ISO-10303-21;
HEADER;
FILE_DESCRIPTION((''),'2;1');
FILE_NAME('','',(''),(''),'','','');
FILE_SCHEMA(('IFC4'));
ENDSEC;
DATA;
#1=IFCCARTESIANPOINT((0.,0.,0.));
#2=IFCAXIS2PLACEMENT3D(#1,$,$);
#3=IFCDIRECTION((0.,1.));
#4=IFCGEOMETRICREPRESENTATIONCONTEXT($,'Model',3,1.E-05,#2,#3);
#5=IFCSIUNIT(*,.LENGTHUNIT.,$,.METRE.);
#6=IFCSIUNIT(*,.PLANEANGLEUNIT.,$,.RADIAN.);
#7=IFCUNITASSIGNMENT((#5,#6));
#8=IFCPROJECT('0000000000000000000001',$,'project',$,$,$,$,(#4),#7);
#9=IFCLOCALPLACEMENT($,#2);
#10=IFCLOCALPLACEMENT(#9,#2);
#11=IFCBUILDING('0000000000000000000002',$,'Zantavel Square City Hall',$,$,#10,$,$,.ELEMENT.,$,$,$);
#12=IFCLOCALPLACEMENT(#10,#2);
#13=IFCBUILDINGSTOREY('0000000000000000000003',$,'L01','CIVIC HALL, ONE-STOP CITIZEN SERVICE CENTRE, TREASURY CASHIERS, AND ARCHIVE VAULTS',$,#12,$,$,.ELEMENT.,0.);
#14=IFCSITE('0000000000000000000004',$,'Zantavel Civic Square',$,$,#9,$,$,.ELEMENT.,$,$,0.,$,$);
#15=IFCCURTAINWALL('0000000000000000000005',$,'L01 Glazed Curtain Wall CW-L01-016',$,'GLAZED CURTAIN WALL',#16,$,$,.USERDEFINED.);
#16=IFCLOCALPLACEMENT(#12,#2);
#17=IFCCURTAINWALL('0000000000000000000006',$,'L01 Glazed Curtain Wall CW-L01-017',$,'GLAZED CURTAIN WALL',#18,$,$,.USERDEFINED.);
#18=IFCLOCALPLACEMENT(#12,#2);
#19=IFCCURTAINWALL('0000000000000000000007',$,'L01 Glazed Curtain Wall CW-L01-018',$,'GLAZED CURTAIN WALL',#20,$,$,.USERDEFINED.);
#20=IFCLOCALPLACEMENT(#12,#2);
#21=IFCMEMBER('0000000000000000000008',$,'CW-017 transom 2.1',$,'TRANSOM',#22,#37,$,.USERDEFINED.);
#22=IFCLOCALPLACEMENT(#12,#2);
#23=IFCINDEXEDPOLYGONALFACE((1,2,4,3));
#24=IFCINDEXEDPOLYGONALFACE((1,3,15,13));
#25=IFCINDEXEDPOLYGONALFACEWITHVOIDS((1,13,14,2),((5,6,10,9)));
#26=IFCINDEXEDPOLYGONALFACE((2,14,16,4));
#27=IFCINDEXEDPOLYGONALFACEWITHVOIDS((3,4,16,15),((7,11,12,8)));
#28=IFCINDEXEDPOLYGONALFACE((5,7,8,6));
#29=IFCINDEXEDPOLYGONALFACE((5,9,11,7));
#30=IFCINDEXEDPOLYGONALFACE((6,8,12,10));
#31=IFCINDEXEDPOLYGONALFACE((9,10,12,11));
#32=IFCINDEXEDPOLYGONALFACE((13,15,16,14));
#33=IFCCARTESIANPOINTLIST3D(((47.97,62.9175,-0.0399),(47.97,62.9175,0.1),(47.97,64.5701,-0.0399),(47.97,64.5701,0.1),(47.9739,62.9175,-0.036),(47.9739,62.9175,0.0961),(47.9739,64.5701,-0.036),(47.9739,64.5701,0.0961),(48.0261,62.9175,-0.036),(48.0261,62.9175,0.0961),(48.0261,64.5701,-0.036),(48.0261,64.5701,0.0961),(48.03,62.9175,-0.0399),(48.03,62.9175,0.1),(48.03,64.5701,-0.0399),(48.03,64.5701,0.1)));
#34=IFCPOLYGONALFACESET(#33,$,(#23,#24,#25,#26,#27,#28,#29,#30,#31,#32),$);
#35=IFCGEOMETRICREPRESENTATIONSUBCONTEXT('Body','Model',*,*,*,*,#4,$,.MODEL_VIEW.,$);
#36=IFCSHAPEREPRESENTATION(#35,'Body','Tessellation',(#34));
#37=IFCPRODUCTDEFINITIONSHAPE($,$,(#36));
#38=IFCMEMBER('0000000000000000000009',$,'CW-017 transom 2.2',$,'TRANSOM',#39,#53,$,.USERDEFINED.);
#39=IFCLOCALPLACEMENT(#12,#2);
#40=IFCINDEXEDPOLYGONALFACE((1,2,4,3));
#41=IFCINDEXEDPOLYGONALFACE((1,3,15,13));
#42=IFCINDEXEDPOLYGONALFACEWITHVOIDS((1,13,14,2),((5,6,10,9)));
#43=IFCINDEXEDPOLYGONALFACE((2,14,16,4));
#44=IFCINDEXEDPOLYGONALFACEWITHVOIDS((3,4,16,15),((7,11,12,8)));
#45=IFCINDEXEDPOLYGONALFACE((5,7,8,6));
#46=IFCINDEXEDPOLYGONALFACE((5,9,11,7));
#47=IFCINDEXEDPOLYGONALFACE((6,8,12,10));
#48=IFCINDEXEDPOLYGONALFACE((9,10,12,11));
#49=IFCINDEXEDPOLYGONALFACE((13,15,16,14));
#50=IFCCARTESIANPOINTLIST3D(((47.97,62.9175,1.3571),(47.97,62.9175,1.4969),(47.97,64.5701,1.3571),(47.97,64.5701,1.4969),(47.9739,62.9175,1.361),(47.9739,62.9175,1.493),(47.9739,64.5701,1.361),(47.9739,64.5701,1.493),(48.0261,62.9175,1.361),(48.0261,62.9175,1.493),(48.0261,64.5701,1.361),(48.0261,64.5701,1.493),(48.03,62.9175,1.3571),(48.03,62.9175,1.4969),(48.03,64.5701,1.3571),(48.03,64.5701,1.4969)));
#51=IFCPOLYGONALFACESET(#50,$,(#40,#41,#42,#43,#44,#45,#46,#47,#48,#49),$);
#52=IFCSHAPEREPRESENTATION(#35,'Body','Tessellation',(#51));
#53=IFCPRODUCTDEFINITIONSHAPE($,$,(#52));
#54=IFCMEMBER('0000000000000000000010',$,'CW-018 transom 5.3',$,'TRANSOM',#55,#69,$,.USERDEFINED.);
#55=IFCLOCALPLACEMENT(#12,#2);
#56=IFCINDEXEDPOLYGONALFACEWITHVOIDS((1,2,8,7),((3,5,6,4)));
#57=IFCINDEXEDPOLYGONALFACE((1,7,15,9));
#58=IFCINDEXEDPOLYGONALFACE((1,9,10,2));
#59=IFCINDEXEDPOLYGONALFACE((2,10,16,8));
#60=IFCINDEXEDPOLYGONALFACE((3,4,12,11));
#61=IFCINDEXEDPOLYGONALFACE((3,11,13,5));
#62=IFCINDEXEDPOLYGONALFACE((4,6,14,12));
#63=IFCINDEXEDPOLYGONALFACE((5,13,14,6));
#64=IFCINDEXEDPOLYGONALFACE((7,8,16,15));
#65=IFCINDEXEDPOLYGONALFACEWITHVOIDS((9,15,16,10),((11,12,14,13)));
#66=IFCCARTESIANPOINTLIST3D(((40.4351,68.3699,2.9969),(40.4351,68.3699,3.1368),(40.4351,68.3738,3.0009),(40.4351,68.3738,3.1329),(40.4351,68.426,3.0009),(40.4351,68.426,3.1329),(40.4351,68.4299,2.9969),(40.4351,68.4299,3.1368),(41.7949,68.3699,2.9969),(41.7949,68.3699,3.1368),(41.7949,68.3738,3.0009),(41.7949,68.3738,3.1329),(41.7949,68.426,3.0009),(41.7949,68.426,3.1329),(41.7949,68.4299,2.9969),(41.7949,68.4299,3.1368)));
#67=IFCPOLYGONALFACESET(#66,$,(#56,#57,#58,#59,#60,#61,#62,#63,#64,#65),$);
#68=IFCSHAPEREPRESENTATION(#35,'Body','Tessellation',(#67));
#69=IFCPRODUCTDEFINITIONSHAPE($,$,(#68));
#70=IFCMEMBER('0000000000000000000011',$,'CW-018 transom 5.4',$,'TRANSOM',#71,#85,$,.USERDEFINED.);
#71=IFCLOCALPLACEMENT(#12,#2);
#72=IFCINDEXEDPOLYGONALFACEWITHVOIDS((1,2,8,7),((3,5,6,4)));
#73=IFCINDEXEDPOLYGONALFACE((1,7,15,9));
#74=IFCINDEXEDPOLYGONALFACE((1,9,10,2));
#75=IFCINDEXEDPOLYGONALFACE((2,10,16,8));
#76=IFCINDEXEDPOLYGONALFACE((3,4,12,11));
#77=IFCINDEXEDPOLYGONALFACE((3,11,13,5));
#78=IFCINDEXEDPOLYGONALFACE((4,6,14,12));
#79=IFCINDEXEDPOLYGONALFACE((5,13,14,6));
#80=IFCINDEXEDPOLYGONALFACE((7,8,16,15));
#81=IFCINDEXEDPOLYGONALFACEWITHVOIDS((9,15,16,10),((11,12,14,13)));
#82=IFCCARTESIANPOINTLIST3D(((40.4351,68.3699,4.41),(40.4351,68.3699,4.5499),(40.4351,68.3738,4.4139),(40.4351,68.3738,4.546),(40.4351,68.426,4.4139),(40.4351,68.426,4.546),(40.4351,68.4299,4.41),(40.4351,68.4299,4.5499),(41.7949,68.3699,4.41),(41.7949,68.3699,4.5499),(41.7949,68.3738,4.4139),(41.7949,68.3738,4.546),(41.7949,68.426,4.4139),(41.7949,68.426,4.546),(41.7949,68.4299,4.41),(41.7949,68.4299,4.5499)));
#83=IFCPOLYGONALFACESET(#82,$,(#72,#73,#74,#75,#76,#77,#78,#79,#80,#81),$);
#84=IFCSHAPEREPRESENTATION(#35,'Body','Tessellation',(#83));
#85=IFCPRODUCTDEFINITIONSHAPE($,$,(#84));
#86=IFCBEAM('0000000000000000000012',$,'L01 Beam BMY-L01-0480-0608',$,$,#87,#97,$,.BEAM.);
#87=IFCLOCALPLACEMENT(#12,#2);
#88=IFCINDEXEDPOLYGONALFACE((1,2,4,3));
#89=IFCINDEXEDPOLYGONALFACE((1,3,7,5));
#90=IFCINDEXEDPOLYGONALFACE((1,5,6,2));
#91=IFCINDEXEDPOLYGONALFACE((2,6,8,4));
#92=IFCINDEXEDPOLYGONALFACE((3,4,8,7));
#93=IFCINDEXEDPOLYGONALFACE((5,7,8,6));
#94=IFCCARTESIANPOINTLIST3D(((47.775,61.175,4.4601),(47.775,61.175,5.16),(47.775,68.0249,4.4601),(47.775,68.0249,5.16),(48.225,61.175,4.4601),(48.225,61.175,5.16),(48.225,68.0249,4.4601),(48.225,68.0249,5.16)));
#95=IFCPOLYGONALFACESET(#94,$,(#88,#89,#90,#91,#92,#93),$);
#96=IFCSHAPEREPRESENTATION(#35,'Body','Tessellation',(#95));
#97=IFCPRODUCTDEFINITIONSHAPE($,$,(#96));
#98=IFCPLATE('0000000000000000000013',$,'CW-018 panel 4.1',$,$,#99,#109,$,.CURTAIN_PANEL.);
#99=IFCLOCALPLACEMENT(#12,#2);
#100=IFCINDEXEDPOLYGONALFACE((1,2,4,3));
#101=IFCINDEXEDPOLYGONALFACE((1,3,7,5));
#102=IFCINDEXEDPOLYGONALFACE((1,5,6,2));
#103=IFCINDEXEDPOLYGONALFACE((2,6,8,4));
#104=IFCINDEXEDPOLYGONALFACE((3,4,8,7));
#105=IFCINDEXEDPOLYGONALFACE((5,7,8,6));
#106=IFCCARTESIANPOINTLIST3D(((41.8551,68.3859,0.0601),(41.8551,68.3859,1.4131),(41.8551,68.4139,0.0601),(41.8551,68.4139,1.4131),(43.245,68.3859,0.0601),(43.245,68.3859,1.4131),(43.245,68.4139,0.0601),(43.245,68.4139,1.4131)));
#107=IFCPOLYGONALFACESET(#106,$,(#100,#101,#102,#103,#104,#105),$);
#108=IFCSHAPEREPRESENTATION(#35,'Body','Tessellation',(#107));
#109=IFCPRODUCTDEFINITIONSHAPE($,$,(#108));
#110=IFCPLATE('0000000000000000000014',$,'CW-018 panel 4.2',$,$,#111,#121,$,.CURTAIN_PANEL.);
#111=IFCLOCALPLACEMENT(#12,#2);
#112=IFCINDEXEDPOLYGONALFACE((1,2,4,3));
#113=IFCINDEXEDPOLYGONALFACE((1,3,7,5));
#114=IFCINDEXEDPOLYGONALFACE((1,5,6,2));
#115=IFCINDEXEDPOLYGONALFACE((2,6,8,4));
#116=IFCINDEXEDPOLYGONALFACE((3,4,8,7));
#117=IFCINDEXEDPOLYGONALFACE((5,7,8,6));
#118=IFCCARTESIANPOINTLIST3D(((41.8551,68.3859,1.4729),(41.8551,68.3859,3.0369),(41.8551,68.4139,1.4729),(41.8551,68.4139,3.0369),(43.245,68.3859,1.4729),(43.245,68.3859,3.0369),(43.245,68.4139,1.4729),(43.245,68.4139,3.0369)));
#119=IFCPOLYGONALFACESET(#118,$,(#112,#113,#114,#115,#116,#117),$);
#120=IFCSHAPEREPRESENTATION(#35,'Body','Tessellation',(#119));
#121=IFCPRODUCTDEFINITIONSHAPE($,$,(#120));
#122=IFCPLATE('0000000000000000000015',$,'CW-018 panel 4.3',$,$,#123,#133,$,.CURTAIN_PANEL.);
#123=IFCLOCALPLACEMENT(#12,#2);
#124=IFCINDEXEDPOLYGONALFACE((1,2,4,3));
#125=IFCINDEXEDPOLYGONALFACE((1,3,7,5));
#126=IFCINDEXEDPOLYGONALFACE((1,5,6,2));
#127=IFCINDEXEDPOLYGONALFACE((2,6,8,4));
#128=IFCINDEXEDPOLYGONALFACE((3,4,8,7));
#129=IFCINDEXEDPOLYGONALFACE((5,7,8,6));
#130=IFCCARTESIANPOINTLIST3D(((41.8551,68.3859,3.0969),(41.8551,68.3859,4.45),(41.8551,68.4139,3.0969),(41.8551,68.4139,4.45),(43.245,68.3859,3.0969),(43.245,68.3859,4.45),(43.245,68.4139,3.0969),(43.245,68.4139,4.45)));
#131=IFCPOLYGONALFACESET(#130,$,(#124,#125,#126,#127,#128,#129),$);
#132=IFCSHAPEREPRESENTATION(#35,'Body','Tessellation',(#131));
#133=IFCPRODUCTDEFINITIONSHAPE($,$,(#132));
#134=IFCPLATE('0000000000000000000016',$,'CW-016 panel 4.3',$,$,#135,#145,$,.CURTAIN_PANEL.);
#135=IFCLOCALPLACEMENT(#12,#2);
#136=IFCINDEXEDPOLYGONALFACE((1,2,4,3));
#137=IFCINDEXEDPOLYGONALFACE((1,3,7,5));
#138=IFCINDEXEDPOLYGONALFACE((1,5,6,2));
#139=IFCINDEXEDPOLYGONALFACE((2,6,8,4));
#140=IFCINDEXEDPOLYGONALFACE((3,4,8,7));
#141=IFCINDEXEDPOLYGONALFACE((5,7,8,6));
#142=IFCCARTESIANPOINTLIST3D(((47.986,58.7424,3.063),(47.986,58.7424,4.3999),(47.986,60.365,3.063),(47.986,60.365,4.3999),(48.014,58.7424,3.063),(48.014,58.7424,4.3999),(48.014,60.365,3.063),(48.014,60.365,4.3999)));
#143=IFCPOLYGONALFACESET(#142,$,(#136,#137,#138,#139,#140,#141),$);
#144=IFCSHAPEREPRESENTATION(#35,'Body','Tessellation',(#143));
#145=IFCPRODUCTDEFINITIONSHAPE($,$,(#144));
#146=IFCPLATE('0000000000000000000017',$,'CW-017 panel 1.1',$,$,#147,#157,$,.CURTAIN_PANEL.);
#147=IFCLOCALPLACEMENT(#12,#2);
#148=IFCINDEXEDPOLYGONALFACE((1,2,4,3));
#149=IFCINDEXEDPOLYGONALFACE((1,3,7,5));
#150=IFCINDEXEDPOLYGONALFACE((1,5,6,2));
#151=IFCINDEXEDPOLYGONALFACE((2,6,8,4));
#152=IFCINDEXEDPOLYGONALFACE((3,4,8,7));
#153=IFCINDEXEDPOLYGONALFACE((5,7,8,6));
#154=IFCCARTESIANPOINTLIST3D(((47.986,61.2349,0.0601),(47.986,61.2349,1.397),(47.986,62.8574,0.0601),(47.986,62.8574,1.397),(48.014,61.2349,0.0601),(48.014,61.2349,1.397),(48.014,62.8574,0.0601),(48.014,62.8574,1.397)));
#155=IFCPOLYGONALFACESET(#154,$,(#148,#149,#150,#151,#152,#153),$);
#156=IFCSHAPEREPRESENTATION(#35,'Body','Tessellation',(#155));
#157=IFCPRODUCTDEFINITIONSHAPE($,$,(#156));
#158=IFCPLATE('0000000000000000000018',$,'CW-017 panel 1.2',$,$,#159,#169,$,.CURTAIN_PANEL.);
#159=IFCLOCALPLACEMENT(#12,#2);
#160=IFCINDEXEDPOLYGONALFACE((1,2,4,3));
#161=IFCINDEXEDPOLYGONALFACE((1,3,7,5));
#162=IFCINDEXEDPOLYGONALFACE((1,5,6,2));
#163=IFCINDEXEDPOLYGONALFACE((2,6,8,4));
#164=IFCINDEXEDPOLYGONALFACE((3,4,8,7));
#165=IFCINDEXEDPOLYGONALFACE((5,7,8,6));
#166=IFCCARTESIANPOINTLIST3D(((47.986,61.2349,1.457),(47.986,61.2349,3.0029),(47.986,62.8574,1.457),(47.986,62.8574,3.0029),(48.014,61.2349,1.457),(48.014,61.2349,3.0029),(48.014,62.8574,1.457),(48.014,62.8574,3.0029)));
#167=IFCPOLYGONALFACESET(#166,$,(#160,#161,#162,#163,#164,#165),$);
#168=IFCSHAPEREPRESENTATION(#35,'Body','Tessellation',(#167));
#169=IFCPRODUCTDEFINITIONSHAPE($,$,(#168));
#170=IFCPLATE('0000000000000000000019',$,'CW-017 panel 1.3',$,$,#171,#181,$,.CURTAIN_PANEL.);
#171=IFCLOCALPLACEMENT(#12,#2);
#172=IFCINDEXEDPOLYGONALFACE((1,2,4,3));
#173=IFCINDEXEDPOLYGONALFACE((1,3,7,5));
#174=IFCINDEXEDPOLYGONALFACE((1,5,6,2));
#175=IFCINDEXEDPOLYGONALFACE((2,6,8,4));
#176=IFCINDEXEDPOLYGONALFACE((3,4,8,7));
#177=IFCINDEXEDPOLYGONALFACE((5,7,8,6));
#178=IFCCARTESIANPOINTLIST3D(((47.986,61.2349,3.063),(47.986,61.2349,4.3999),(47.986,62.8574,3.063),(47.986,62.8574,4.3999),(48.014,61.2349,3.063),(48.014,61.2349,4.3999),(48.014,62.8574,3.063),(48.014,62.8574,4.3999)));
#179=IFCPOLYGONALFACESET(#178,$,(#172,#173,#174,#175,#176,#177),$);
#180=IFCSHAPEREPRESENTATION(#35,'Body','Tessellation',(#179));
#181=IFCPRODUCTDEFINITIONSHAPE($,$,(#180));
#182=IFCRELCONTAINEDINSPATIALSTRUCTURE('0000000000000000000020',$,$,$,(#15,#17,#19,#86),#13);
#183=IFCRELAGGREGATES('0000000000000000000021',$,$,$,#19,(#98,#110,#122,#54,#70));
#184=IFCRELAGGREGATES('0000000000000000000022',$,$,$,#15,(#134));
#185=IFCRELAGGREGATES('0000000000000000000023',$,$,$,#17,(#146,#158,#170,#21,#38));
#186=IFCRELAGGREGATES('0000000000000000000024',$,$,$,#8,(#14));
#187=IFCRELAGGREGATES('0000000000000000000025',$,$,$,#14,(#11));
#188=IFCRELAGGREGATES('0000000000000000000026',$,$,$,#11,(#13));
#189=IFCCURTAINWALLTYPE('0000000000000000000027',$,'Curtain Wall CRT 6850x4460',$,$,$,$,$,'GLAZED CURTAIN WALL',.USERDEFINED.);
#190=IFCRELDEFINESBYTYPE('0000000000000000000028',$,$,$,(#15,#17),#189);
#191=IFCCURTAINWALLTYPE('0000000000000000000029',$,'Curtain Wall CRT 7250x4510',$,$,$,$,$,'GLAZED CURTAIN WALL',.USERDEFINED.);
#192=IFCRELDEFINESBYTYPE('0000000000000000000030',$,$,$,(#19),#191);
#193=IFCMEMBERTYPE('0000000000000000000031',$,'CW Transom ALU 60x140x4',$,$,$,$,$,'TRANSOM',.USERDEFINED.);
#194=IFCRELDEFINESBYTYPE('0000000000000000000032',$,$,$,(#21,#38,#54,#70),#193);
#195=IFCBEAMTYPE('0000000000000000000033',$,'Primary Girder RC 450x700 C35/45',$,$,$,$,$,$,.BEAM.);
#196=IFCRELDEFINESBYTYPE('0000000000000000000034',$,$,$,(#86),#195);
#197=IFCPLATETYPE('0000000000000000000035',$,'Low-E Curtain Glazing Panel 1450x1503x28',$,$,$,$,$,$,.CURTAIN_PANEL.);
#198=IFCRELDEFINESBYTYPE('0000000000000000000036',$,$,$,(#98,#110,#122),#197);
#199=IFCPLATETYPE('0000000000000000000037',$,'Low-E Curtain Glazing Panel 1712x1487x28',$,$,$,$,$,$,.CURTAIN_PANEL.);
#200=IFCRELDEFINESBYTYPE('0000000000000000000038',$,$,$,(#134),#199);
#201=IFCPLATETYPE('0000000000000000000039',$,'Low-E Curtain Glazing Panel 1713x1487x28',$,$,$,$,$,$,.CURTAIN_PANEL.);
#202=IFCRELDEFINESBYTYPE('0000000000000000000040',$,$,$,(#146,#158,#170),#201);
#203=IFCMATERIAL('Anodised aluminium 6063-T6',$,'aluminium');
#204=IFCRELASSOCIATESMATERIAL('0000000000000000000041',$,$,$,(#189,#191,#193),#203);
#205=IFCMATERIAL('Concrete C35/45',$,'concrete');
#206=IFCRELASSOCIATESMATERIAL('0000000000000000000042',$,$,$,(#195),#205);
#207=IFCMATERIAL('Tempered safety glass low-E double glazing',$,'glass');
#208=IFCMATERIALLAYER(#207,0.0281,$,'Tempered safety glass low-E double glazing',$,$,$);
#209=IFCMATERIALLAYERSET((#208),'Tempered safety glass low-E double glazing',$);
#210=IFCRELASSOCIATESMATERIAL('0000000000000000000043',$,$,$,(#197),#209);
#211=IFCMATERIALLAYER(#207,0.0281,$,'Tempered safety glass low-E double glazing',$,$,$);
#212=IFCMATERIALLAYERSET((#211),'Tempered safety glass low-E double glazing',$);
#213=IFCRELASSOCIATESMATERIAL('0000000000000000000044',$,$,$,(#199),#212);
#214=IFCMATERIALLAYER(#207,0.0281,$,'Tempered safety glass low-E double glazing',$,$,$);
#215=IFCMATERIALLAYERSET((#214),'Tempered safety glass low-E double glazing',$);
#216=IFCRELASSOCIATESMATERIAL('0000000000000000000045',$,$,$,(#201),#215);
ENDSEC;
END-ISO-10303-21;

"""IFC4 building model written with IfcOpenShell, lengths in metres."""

from ifc_helpers import new_model, si_unit, direction, frame, origin, origin_2d, place, context, subcontext, project, spatial, rectangle, hollow_rectangle, extrude, material, layer, layer_set, material_profile, profile_set, type_object, element, aggregate, save


model = new_model("IFC4")

# Units and contexts
model_context = context("Model", 3, precision=1e-05, world=origin(), true_north=direction((0.0, 1.0)))
body_context = subcontext(model_context, "Body", "Model", "MODEL_VIEW")
ifc_project = project(units=[si_unit("LENGTHUNIT", "METRE"), si_unit("PLANEANGLEUNIT", "RADIAN")], contexts=[model_context])

# Site, building, storey
site_placement = place(None, origin())
site = spatial("IfcSite", under=ifc_project, at=site_placement, Name="Zantavel Civic Square", CompositionType="ELEMENT", RefElevation=0.0)
building_placement = place(site_placement, origin())
building = spatial("IfcBuilding", under=site, at=building_placement, Name="Zantavel Square City Hall", CompositionType="ELEMENT")
storey_placement = place(building_placement, origin())
storey = spatial("IfcBuildingStorey", under=building, at=storey_placement, Name="L01", Description="CIVIC HALL, ONE-STOP CITIZEN SERVICE CENTRE, TREASURY CASHIERS, AND ARCHIVE VAULTS", CompositionType="ELEMENT", Elevation=0.0)

# Curtain wall
ifc_material_1 = material(Name="Anodised aluminium 6063-T6", Category="aluminium")
curtain_wall_type_1 = type_object("IfcCurtainWallType", Name="Curtain Wall CRT 6850x4460", ElementType="GLAZED CURTAIN WALL", PredefinedType="USERDEFINED", material=ifc_material_1)
curtain_wall_1_placement = place(storey_placement, origin())
curtain_wall_1 = element("IfcCurtainWall", 1, at=curtain_wall_1_placement, inside=storey, type_object=curtain_wall_type_1, Name="L01 Glazed Curtain Wall CW-L01-016", ObjectType="GLAZED CURTAIN WALL", PredefinedType="USERDEFINED")

# Curtain wall
curtain_wall_2_placement = place(storey_placement, origin())
curtain_wall_2 = element("IfcCurtainWall", 2, at=curtain_wall_2_placement, inside=storey, type_object=curtain_wall_type_1, Name="L01 Glazed Curtain Wall CW-L01-017", ObjectType="GLAZED CURTAIN WALL", PredefinedType="USERDEFINED")

# Curtain wall
curtain_wall_type_2 = type_object("IfcCurtainWallType", Name="Curtain Wall CRT 7250x4510", ElementType="GLAZED CURTAIN WALL", PredefinedType="USERDEFINED", material=ifc_material_1)
curtain_wall_3_placement = place(storey_placement, origin())
curtain_wall_3 = element("IfcCurtainWall", 3, at=curtain_wall_3_placement, inside=storey, type_object=curtain_wall_type_2, Name="L01 Glazed Curtain Wall CW-L01-018", ObjectType="GLAZED CURTAIN WALL", PredefinedType="USERDEFINED")

# Members
ifc_material_profile_1 = material_profile(ifc_material_1, hollow_rectangle(XDim=0.0601, YDim=0.1399, WallThickness=0.0039, at=origin_2d()), Name="ALU 60x140x4")
ifc_profile_set_1 = profile_set([ifc_material_profile_1], Name="Anodised aluminium 6063-T6")
member_type_1 = type_object("IfcMemberType", Name="CW Transom ALU 60x140x4", ElementType="TRANSOM", PredefinedType="USERDEFINED", material=ifc_profile_set_1)
member_1_placement = place(storey_placement, frame((48.0, 62.9175, 0.03), z_axis=(0.0, 1.0, 0.0), x_axis=(-1.0, 0.0, 0.0)))
member_1 = element("IfcMember", 4, at=member_1_placement, type_object=member_type_1, Name="CW-017 transom 2.1", ObjectType="TRANSOM", PredefinedType="USERDEFINED", context=body_context, shape_type="SweptSolid", body=[
    extrude(hollow_rectangle(XDim=0.0601, YDim=0.1399, WallThickness=0.0039, at=origin_2d()), origin(), (0.0, 0.0, 1.0), 1.6526),
])
member_2_placement = place(storey_placement, frame((48.0, 62.9175, 1.427), z_axis=(0.0, 1.0, 0.0), x_axis=(-1.0, 0.0, 0.0)))
member_2 = element("IfcMember", 5, at=member_2_placement, type_object=member_type_1, Name="CW-017 transom 2.2", ObjectType="TRANSOM", PredefinedType="USERDEFINED", context=body_context, shape_type="SweptSolid", body=[
    extrude(hollow_rectangle(XDim=0.0601, YDim=0.1399, WallThickness=0.0039, at=origin_2d()), origin(), (0.0, 0.0, 1.0), 1.6526),
])
member_3_placement = place(storey_placement, frame((41.7949, 68.3999, 3.0669), z_axis=(-1.0, 0.0, 0.0), x_axis=(0.0, -1.0, 0.0)))
member_3 = element("IfcMember", 6, at=member_3_placement, type_object=member_type_1, Name="CW-018 transom 5.3", ObjectType="TRANSOM", PredefinedType="USERDEFINED", context=body_context, shape_type="SweptSolid", body=[
    extrude(hollow_rectangle(XDim=0.0601, YDim=0.1399, WallThickness=0.0039, at=origin_2d()), origin(), (0.0, 0.0, 1.0), 1.3599),
])
member_4_placement = place(storey_placement, frame((41.7949, 68.3999, 4.48), z_axis=(-1.0, 0.0, 0.0), x_axis=(0.0, -1.0, 0.0)))
member_4 = element("IfcMember", 7, at=member_4_placement, type_object=member_type_1, Name="CW-018 transom 5.4", ObjectType="TRANSOM", PredefinedType="USERDEFINED", context=body_context, shape_type="SweptSolid", body=[
    extrude(hollow_rectangle(XDim=0.0601, YDim=0.1399, WallThickness=0.0039, at=origin_2d()), origin(), (0.0, 0.0, 1.0), 1.3599),
])

# Beam
ifc_material_2 = material(Name="Concrete C35/45", Category="concrete")
ifc_material_profile_2 = material_profile(ifc_material_2, rectangle(XDim=0.45, YDim=0.7, at=origin_2d()), Name="RC 450x700")
ifc_profile_set_2 = profile_set([ifc_material_profile_2], Name="Concrete C35/45")
beam_type = type_object("IfcBeamType", Name="Primary Girder RC 450x700 C35/45", PredefinedType="BEAM", material=ifc_profile_set_2)
beam_placement = place(storey_placement, frame((48.0, 61.175, 4.8101), z_axis=(0.0, 1.0, 0.0), x_axis=(-1.0, 0.0, 0.0)))
element("IfcBeam", 8, at=beam_placement, inside=storey, type_object=beam_type, Name="L01 Beam BMY-L01-0480-0608", PredefinedType="BEAM", context=body_context, shape_type="SweptSolid", body=[
    extrude(rectangle(XDim=0.45, YDim=0.7, at=origin_2d()), origin(), (0.0, 0.0, 1.0), 6.8499),
])

# Plates
ifc_material_3 = material(Name="Tempered safety glass low-E double glazing", Category="glass")
ifc_layer_1 = layer(ifc_material_3, 0.0281, Name="Tempered safety glass low-E double glazing")
ifc_layer_set_1 = layer_set([ifc_layer_1], Name="Tempered safety glass low-E double glazing")
plate_type_1 = type_object("IfcPlateType", Name="Low-E Curtain Glazing Panel 1450x1503x28", PredefinedType="CURTAIN_PANEL", material=ifc_layer_set_1)
plate_1_placement = place(storey_placement, frame((42.55, 68.3999, 0.0601), z_axis=(0.0, 0.0, 1.0), x_axis=(-1.0, 0.0, 0.0)))
plate_1 = element("IfcPlate", 9, at=plate_1_placement, type_object=plate_type_1, Name="CW-018 panel 4.1", PredefinedType="CURTAIN_PANEL", context=body_context, shape_type="SweptSolid", body=[
    extrude(rectangle(XDim=1.3899, YDim=0.0281, at=origin_2d()), origin(), (0.0, 0.0, 1.0), 1.353),
])
plate_2_placement = place(storey_placement, frame((42.55, 68.3999, 1.4729), z_axis=(0.0, 0.0, 1.0), x_axis=(-1.0, 0.0, 0.0)))
plate_2 = element("IfcPlate", 10, at=plate_2_placement, type_object=plate_type_1, Name="CW-018 panel 4.2", PredefinedType="CURTAIN_PANEL", context=body_context, shape_type="SweptSolid", body=[
    extrude(rectangle(XDim=1.3899, YDim=0.0281, at=origin_2d()), origin(), (0.0, 0.0, 1.0), 1.564),
])
plate_3_placement = place(storey_placement, frame((42.55, 68.3999, 3.0969), z_axis=(0.0, 0.0, 1.0), x_axis=(-1.0, 0.0, 0.0)))
plate_3 = element("IfcPlate", 11, at=plate_3_placement, type_object=plate_type_1, Name="CW-018 panel 4.3", PredefinedType="CURTAIN_PANEL", context=body_context, shape_type="SweptSolid", body=[
    extrude(rectangle(XDim=1.3899, YDim=0.0281, at=origin_2d()), origin(), (0.0, 0.0, 1.0), 1.353),
])
aggregate(curtain_wall_3, [plate_1, plate_2, plate_3, member_3, member_4])
ifc_layer_2 = layer(ifc_material_3, 0.0281, Name="Tempered safety glass low-E double glazing")
ifc_layer_set_2 = layer_set([ifc_layer_2], Name="Tempered safety glass low-E double glazing")
plate_type_2 = type_object("IfcPlateType", Name="Low-E Curtain Glazing Panel 1712x1487x28", PredefinedType="CURTAIN_PANEL", material=ifc_layer_set_2)
plate_4_placement = place(storey_placement, frame((48.0, 59.5537, 3.063), z_axis=(0.0, 0.0, 1.0), x_axis=(0.0, 1.0, 0.0)))
plate_4 = element("IfcPlate", 12, at=plate_4_placement, type_object=plate_type_2, Name="CW-016 panel 4.3", PredefinedType="CURTAIN_PANEL", context=body_context, shape_type="SweptSolid", body=[
    extrude(rectangle(XDim=1.6226, YDim=0.0281, at=origin_2d()), origin(), (0.0, 0.0, 1.0), 1.3369),
])
aggregate(curtain_wall_1, [plate_4])
ifc_layer_3 = layer(ifc_material_3, 0.0281, Name="Tempered safety glass low-E double glazing")
ifc_layer_set_3 = layer_set([ifc_layer_3], Name="Tempered safety glass low-E double glazing")
plate_type_3 = type_object("IfcPlateType", Name="Low-E Curtain Glazing Panel 1713x1487x28", PredefinedType="CURTAIN_PANEL", material=ifc_layer_set_3)
plate_5_placement = place(storey_placement, frame((48.0, 62.0461, 0.0601), z_axis=(0.0, 0.0, 1.0), x_axis=(0.0, 1.0, 0.0)))
plate_5 = element("IfcPlate", 13, at=plate_5_placement, type_object=plate_type_3, Name="CW-017 panel 1.1", PredefinedType="CURTAIN_PANEL", context=body_context, shape_type="SweptSolid", body=[
    extrude(rectangle(XDim=1.6226, YDim=0.0281, at=origin_2d()), origin(), (0.0, 0.0, 1.0), 1.3369),
])
plate_6_placement = place(storey_placement, frame((48.0, 62.0461, 1.457), z_axis=(0.0, 0.0, 1.0), x_axis=(0.0, 1.0, 0.0)))
plate_6 = element("IfcPlate", 14, at=plate_6_placement, type_object=plate_type_3, Name="CW-017 panel 1.2", PredefinedType="CURTAIN_PANEL", context=body_context, shape_type="SweptSolid", body=[
    extrude(rectangle(XDim=1.6226, YDim=0.0281, at=origin_2d()), origin(), (0.0, 0.0, 1.0), 1.5459),
])
plate_7_placement = place(storey_placement, frame((48.0, 62.0461, 3.063), z_axis=(0.0, 0.0, 1.0), x_axis=(0.0, 1.0, 0.0)))
plate_7 = element("IfcPlate", 15, at=plate_7_placement, type_object=plate_type_3, Name="CW-017 panel 1.3", PredefinedType="CURTAIN_PANEL", context=body_context, shape_type="SweptSolid", body=[
    extrude(rectangle(XDim=1.6226, YDim=0.0281, at=origin_2d()), origin(), (0.0, 0.0, 1.0), 1.3369),
])
aggregate(curtain_wall_2, [plate_5, plate_6, plate_7, member_1, member_2])

save(model, "model.ifc")
